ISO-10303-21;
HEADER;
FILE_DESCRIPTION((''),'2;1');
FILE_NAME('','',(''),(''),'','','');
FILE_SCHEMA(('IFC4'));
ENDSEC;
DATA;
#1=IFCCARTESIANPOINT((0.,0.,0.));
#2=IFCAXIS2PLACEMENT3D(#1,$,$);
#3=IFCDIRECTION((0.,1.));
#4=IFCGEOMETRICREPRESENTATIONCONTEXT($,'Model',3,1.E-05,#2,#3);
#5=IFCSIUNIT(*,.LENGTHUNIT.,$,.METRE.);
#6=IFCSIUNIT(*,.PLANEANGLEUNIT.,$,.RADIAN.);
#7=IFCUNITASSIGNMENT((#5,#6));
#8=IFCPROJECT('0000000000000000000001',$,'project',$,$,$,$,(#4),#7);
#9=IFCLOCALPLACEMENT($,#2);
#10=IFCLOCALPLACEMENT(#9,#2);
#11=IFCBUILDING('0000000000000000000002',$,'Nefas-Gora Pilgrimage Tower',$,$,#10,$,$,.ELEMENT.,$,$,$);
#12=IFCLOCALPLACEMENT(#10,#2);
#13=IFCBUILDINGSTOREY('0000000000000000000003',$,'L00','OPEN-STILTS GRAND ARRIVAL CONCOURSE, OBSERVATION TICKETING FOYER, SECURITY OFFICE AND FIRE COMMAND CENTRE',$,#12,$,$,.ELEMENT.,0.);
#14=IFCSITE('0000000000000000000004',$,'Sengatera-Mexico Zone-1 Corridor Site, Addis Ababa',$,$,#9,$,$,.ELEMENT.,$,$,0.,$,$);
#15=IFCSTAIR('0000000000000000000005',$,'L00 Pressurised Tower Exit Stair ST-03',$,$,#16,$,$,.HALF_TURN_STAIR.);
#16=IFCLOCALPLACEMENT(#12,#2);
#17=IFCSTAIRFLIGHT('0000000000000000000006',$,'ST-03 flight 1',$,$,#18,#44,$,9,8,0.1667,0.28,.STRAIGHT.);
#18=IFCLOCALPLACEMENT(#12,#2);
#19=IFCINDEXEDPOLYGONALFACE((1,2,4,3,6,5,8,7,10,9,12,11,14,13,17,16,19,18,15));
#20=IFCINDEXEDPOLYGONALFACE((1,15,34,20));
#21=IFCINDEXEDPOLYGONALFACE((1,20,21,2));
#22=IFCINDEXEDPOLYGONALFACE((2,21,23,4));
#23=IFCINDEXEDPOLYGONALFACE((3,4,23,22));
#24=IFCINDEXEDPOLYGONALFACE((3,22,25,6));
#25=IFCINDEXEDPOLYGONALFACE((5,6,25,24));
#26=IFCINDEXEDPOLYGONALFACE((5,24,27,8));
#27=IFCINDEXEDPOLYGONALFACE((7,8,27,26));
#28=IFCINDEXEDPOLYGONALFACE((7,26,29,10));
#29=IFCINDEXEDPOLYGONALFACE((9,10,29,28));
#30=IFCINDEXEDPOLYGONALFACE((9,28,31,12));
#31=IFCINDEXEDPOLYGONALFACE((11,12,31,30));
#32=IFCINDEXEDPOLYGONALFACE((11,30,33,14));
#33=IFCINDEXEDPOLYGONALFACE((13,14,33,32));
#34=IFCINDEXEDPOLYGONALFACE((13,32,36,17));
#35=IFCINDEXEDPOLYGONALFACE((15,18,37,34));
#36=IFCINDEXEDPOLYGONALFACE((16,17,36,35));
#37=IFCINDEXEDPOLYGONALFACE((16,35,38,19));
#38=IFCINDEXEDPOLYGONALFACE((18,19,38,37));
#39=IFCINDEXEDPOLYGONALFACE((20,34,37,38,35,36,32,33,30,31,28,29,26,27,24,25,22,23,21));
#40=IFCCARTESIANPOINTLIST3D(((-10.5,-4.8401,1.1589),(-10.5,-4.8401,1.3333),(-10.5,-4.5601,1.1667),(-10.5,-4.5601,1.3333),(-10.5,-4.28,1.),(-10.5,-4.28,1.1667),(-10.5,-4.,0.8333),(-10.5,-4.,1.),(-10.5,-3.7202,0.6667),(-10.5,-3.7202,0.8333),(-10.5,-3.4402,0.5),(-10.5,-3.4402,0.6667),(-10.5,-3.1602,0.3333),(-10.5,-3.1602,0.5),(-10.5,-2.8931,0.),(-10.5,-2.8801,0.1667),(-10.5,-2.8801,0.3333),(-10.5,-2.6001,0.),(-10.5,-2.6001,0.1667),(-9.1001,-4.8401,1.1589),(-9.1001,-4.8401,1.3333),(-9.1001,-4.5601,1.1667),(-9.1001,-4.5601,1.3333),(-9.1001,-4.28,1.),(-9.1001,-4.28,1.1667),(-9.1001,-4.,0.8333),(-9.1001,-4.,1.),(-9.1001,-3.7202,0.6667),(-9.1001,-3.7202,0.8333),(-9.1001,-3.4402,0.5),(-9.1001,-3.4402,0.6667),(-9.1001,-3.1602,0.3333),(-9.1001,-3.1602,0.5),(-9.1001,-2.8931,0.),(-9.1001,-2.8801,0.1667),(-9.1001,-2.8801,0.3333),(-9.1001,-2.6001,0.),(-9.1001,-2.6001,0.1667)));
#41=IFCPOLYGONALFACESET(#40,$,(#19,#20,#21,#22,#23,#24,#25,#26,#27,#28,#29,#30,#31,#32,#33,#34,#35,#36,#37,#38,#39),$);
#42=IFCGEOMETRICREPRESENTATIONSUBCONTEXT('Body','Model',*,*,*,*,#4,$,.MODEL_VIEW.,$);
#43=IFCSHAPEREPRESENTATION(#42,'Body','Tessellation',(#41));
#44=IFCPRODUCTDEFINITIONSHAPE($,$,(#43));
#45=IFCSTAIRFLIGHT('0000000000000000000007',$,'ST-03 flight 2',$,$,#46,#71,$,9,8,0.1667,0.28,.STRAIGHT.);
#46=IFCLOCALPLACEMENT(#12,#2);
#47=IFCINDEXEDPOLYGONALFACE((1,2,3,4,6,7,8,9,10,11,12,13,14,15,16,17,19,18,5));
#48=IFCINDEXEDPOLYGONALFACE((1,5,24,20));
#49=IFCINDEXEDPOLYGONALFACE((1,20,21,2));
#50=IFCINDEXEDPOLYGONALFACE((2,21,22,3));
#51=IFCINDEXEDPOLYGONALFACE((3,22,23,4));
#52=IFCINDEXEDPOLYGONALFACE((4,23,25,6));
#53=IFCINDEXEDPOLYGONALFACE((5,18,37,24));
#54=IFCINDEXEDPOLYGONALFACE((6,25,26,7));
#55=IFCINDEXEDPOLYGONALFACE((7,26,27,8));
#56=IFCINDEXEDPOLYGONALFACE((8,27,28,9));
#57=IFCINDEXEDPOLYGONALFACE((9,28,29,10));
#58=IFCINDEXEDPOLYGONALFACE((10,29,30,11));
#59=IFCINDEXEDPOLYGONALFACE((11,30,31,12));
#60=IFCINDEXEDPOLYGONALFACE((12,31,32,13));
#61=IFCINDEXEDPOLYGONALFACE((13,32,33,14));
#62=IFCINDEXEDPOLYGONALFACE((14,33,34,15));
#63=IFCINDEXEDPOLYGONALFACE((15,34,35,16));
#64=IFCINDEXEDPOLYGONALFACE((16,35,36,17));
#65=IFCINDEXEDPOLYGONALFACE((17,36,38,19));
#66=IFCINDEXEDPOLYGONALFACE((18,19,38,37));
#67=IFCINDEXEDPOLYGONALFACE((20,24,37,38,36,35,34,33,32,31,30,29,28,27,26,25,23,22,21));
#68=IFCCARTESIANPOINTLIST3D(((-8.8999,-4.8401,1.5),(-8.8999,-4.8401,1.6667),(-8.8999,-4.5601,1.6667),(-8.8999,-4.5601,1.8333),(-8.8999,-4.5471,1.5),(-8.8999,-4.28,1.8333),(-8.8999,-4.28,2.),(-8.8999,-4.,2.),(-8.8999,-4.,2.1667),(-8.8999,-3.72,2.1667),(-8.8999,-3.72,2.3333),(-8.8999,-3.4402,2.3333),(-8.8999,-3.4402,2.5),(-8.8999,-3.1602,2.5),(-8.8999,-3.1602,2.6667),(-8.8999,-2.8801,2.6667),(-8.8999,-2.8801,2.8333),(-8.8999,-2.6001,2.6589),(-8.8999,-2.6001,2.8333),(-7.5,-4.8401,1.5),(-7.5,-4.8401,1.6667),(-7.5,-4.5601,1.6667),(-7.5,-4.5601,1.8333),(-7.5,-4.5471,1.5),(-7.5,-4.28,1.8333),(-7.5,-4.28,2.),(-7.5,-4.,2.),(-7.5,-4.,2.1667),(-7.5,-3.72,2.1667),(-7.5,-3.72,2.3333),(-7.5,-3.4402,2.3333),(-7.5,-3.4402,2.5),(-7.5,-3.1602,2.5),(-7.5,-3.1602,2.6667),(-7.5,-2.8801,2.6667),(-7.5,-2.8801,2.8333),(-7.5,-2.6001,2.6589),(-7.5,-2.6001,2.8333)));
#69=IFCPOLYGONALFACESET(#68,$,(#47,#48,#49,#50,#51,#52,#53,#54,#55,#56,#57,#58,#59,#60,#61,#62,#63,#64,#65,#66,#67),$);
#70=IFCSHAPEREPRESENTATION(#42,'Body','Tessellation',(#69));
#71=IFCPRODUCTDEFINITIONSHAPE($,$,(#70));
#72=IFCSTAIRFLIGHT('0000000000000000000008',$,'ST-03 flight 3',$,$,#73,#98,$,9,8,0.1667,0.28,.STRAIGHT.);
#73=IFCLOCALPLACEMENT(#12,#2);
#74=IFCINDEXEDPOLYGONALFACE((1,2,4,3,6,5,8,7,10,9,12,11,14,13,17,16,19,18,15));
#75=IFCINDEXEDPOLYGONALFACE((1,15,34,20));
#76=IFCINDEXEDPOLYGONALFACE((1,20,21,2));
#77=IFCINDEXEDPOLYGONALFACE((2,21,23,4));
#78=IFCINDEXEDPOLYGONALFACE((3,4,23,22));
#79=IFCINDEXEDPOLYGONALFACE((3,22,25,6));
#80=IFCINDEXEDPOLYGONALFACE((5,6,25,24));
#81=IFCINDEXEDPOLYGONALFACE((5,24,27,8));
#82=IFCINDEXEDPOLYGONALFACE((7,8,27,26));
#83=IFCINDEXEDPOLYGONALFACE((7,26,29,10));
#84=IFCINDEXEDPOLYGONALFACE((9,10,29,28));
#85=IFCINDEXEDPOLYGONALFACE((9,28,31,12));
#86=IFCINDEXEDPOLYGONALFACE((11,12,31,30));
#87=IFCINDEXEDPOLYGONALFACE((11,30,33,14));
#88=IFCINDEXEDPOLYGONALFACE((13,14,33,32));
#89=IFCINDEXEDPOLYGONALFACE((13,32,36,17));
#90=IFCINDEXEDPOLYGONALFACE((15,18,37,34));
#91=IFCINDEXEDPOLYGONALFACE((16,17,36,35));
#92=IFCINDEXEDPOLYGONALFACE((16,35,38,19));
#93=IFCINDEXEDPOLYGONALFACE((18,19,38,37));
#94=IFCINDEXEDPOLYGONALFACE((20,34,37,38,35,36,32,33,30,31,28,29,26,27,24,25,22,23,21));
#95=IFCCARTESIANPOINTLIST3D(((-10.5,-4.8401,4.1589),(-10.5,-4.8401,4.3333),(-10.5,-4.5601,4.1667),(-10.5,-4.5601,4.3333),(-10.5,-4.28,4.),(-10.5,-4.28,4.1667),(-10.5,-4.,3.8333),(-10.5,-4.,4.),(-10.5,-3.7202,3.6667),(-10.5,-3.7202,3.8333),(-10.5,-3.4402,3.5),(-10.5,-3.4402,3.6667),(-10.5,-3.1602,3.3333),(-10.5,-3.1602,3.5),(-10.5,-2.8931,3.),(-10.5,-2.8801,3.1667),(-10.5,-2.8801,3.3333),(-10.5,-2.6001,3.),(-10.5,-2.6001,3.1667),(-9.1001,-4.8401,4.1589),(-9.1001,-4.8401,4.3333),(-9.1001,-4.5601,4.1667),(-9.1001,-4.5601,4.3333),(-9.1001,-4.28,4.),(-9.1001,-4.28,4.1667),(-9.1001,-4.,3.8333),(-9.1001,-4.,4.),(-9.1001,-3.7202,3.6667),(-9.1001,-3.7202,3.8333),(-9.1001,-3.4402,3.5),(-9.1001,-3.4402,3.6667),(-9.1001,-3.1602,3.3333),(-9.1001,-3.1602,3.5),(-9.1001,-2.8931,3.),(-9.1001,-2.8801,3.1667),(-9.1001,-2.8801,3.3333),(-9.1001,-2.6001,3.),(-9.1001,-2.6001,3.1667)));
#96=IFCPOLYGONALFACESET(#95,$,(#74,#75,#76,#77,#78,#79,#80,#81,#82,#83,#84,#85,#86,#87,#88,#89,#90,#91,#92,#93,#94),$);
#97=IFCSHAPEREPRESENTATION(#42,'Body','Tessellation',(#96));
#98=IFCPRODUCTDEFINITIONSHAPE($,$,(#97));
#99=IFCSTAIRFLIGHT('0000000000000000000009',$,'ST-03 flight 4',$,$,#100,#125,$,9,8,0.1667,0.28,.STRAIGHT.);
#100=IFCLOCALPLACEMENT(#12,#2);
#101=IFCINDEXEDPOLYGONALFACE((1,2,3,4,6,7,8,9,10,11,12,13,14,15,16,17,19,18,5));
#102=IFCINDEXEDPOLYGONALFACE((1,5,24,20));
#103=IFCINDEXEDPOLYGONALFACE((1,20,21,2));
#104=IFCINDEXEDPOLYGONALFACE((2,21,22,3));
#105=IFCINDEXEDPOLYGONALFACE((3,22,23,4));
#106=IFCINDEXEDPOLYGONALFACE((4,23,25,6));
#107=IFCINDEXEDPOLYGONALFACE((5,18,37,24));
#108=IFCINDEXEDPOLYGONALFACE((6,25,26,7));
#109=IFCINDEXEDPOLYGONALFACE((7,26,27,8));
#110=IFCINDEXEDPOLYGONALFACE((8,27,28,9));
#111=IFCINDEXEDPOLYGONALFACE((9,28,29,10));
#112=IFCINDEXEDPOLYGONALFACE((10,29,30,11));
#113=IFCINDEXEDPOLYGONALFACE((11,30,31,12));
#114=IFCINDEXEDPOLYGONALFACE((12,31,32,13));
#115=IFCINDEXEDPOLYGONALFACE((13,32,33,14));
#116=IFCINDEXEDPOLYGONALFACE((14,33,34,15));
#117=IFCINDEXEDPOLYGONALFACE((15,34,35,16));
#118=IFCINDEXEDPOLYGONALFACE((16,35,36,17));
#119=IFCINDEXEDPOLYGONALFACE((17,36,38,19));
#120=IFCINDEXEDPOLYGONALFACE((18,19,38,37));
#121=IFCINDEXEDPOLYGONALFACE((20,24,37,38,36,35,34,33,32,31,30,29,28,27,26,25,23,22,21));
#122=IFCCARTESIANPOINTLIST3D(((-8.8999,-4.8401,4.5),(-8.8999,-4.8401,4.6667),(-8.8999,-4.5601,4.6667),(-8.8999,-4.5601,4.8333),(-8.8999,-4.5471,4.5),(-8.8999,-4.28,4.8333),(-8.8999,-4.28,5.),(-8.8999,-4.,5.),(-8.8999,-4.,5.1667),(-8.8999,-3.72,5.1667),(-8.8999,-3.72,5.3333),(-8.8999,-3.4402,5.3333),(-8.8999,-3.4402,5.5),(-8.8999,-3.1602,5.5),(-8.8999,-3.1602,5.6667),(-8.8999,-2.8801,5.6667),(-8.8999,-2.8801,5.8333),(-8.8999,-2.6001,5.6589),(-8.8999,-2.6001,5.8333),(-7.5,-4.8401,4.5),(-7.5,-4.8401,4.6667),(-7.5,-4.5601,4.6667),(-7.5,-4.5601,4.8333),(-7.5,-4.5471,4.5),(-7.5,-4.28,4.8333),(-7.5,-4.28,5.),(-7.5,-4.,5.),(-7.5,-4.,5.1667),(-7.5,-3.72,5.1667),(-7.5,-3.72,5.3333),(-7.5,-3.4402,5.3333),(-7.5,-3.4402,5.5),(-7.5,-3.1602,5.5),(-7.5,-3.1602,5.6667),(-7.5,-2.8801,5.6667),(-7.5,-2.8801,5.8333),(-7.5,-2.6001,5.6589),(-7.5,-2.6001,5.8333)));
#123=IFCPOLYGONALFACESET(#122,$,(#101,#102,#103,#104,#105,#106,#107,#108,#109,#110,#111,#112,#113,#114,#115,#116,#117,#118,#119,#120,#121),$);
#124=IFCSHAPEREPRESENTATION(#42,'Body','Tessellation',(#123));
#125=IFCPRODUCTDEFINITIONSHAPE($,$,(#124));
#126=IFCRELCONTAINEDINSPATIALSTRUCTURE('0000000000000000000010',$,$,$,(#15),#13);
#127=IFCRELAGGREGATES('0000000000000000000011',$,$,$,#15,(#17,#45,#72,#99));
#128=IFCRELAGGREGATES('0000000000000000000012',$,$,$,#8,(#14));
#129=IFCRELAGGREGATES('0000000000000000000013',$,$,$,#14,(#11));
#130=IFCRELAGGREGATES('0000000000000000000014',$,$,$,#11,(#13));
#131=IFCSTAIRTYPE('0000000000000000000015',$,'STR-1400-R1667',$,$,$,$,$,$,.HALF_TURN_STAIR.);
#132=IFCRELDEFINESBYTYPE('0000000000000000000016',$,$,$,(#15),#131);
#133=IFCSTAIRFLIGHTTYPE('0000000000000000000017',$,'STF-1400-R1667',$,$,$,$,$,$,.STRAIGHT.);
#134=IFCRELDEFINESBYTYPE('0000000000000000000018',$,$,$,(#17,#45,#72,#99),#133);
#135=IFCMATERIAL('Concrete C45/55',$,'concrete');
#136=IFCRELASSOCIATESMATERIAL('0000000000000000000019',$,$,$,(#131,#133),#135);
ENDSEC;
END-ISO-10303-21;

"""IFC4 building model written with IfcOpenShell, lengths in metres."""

from ifc_helpers import new_model, si_unit, direction, frame, origin, place, context, subcontext, project, spatial, polyline, outline, extrude, source, transform, mapped, material, type_object, element, aggregate, save


model = new_model("IFC4")

# Units and contexts
model_context = context("Model", 3, precision=1e-05, world=origin(), true_north=direction((0.0, 1.0)))
body_context = subcontext(model_context, "Body", "Model", "MODEL_VIEW")
ifc_project = project(units=[si_unit("LENGTHUNIT", "METRE"), si_unit("PLANEANGLEUNIT", "RADIAN")], contexts=[model_context])

# Site, building, storey
site_placement = place(None, origin())
site = spatial("IfcSite", under=ifc_project, at=site_placement, Name="Sengatera-Mexico Zone-1 Corridor Site, Addis Ababa", CompositionType="ELEMENT", RefElevation=0.0)
building_placement = place(site_placement, origin())
building = spatial("IfcBuilding", under=site, at=building_placement, Name="Nefas-Gora Pilgrimage Tower", CompositionType="ELEMENT")
storey_placement = place(building_placement, origin())
storey = spatial("IfcBuildingStorey", under=building, at=storey_placement, Name="L00", Description="OPEN-STILTS GRAND ARRIVAL CONCOURSE, OBSERVATION TICKETING FOYER, SECURITY OFFICE AND FIRE COMMAND CENTRE", CompositionType="ELEMENT", Elevation=0.0)

# Shared definitions
ifc_material_1 = material(Name="Concrete C45/55", Category="concrete")

# Stair, stair flights
stair_type = type_object("IfcStairType", Name="STR-1400-R1667", PredefinedType="HALF_TURN_STAIR", material=ifc_material_1)
stair_placement = place(storey_placement, origin())
stair = element("IfcStair", 1, at=stair_placement, inside=storey, type_object=stair_type, Name="L00 Pressurised Tower Exit Stair ST-03", PredefinedType="HALF_TURN_STAIR")
stair_flight_type = type_object("IfcStairFlightType", Name="STF-1400-R1667", PredefinedType="STRAIGHT", material=ifc_material_1)
shared_shape_1 = source(origin(), body_context, "Body", "SweptSolid", [
    extrude(outline(polyline([(0.0, 0.0), (0.0, 0.1667), (0.28, 0.1667), (0.28, 0.3333), (0.5601, 0.3333), (0.5601, 0.5), (0.8401, 0.5), (0.8401, 0.6667), (1.1201, 0.6667), (1.1201, 0.8333), (1.3999, 0.8333), (1.3999, 1.0), (1.6799, 1.0), (1.6799, 1.1667), (1.96, 1.1667), (1.96, 1.3333), (2.24, 1.3333), (2.24, 1.5), (2.24, 1.1589), (0.293, 0.0), (0.0, 0.0)])), frame((0.0, 0.7, 0.0), z_axis=(0.0, -1.0, 0.0), x_axis=(1.0, 0.0, 0.0)), (0.0, 0.0, 1.0), 1.3999),
])
stair_flight_1_placement = place(storey_placement, frame((-9.8, -2.6001, 0.0), z_axis=(0.0, 0.0, 1.0), x_axis=(0.0, -1.0, 0.0)))
stair_flight_1 = element("IfcStairFlight", 2, at=stair_flight_1_placement, type_object=stair_flight_type, Name="ST-03 flight 1", NumberOfRisers=9, NumberOfTreads=8, PredefinedType="STRAIGHT", RiserHeight=0.1667, TreadLength=0.28, context=body_context, shape_type="MappedRepresentation", body=[
    mapped(shared_shape_1, transform((0.0, 0.0, 0.0), x_axis=(1.0, 0.0, 0.0), y_axis=(0.0, 1.0, 0.0), z_axis=(0.0, 0.0, 1.0), scale=1.0)),
])
stair_flight_2_placement = place(storey_placement, frame((-8.2, -4.8401, 1.5), z_axis=(0.0, 0.0, 1.0), x_axis=(0.0, 1.0, 0.0)))
stair_flight_2 = element("IfcStairFlight", 3, at=stair_flight_2_placement, type_object=stair_flight_type, Name="ST-03 flight 2", NumberOfRisers=9, NumberOfTreads=8, PredefinedType="STRAIGHT", RiserHeight=0.1667, TreadLength=0.28, context=body_context, shape_type="MappedRepresentation", body=[
    mapped(shared_shape_1, transform((0.0, 0.0, 0.0), x_axis=(1.0, 0.0, 0.0), y_axis=(0.0, 1.0, 0.0), z_axis=(0.0, 0.0, 1.0), scale=1.0)),
])
stair_flight_3_placement = place(storey_placement, frame((-9.8, -2.6001, 3.0), z_axis=(0.0, 0.0, 1.0), x_axis=(0.0, -1.0, 0.0)))
stair_flight_3 = element("IfcStairFlight", 4, at=stair_flight_3_placement, type_object=stair_flight_type, Name="ST-03 flight 3", NumberOfRisers=9, NumberOfTreads=8, PredefinedType="STRAIGHT", RiserHeight=0.1667, TreadLength=0.28, context=body_context, shape_type="MappedRepresentation", body=[
    mapped(shared_shape_1, transform((0.0, 0.0, 0.0), x_axis=(1.0, 0.0, 0.0), y_axis=(0.0, 1.0, 0.0), z_axis=(0.0, 0.0, 1.0), scale=1.0)),
])
stair_flight_4_placement = place(storey_placement, frame((-8.2, -4.8401, 4.5), z_axis=(0.0, 0.0, 1.0), x_axis=(0.0, 1.0, 0.0)))
stair_flight_4 = element("IfcStairFlight", 5, at=stair_flight_4_placement, type_object=stair_flight_type, Name="ST-03 flight 4", NumberOfRisers=9, NumberOfTreads=8, PredefinedType="STRAIGHT", RiserHeight=0.1667, TreadLength=0.28, context=body_context, shape_type="MappedRepresentation", body=[
    mapped(shared_shape_1, transform((0.0, 0.0, 0.0), x_axis=(1.0, 0.0, 0.0), y_axis=(0.0, 1.0, 0.0), z_axis=(0.0, 0.0, 1.0), scale=1.0)),
])
aggregate(stair, [stair_flight_1, stair_flight_2, stair_flight_3, stair_flight_4])

save(model, "model.ifc")
